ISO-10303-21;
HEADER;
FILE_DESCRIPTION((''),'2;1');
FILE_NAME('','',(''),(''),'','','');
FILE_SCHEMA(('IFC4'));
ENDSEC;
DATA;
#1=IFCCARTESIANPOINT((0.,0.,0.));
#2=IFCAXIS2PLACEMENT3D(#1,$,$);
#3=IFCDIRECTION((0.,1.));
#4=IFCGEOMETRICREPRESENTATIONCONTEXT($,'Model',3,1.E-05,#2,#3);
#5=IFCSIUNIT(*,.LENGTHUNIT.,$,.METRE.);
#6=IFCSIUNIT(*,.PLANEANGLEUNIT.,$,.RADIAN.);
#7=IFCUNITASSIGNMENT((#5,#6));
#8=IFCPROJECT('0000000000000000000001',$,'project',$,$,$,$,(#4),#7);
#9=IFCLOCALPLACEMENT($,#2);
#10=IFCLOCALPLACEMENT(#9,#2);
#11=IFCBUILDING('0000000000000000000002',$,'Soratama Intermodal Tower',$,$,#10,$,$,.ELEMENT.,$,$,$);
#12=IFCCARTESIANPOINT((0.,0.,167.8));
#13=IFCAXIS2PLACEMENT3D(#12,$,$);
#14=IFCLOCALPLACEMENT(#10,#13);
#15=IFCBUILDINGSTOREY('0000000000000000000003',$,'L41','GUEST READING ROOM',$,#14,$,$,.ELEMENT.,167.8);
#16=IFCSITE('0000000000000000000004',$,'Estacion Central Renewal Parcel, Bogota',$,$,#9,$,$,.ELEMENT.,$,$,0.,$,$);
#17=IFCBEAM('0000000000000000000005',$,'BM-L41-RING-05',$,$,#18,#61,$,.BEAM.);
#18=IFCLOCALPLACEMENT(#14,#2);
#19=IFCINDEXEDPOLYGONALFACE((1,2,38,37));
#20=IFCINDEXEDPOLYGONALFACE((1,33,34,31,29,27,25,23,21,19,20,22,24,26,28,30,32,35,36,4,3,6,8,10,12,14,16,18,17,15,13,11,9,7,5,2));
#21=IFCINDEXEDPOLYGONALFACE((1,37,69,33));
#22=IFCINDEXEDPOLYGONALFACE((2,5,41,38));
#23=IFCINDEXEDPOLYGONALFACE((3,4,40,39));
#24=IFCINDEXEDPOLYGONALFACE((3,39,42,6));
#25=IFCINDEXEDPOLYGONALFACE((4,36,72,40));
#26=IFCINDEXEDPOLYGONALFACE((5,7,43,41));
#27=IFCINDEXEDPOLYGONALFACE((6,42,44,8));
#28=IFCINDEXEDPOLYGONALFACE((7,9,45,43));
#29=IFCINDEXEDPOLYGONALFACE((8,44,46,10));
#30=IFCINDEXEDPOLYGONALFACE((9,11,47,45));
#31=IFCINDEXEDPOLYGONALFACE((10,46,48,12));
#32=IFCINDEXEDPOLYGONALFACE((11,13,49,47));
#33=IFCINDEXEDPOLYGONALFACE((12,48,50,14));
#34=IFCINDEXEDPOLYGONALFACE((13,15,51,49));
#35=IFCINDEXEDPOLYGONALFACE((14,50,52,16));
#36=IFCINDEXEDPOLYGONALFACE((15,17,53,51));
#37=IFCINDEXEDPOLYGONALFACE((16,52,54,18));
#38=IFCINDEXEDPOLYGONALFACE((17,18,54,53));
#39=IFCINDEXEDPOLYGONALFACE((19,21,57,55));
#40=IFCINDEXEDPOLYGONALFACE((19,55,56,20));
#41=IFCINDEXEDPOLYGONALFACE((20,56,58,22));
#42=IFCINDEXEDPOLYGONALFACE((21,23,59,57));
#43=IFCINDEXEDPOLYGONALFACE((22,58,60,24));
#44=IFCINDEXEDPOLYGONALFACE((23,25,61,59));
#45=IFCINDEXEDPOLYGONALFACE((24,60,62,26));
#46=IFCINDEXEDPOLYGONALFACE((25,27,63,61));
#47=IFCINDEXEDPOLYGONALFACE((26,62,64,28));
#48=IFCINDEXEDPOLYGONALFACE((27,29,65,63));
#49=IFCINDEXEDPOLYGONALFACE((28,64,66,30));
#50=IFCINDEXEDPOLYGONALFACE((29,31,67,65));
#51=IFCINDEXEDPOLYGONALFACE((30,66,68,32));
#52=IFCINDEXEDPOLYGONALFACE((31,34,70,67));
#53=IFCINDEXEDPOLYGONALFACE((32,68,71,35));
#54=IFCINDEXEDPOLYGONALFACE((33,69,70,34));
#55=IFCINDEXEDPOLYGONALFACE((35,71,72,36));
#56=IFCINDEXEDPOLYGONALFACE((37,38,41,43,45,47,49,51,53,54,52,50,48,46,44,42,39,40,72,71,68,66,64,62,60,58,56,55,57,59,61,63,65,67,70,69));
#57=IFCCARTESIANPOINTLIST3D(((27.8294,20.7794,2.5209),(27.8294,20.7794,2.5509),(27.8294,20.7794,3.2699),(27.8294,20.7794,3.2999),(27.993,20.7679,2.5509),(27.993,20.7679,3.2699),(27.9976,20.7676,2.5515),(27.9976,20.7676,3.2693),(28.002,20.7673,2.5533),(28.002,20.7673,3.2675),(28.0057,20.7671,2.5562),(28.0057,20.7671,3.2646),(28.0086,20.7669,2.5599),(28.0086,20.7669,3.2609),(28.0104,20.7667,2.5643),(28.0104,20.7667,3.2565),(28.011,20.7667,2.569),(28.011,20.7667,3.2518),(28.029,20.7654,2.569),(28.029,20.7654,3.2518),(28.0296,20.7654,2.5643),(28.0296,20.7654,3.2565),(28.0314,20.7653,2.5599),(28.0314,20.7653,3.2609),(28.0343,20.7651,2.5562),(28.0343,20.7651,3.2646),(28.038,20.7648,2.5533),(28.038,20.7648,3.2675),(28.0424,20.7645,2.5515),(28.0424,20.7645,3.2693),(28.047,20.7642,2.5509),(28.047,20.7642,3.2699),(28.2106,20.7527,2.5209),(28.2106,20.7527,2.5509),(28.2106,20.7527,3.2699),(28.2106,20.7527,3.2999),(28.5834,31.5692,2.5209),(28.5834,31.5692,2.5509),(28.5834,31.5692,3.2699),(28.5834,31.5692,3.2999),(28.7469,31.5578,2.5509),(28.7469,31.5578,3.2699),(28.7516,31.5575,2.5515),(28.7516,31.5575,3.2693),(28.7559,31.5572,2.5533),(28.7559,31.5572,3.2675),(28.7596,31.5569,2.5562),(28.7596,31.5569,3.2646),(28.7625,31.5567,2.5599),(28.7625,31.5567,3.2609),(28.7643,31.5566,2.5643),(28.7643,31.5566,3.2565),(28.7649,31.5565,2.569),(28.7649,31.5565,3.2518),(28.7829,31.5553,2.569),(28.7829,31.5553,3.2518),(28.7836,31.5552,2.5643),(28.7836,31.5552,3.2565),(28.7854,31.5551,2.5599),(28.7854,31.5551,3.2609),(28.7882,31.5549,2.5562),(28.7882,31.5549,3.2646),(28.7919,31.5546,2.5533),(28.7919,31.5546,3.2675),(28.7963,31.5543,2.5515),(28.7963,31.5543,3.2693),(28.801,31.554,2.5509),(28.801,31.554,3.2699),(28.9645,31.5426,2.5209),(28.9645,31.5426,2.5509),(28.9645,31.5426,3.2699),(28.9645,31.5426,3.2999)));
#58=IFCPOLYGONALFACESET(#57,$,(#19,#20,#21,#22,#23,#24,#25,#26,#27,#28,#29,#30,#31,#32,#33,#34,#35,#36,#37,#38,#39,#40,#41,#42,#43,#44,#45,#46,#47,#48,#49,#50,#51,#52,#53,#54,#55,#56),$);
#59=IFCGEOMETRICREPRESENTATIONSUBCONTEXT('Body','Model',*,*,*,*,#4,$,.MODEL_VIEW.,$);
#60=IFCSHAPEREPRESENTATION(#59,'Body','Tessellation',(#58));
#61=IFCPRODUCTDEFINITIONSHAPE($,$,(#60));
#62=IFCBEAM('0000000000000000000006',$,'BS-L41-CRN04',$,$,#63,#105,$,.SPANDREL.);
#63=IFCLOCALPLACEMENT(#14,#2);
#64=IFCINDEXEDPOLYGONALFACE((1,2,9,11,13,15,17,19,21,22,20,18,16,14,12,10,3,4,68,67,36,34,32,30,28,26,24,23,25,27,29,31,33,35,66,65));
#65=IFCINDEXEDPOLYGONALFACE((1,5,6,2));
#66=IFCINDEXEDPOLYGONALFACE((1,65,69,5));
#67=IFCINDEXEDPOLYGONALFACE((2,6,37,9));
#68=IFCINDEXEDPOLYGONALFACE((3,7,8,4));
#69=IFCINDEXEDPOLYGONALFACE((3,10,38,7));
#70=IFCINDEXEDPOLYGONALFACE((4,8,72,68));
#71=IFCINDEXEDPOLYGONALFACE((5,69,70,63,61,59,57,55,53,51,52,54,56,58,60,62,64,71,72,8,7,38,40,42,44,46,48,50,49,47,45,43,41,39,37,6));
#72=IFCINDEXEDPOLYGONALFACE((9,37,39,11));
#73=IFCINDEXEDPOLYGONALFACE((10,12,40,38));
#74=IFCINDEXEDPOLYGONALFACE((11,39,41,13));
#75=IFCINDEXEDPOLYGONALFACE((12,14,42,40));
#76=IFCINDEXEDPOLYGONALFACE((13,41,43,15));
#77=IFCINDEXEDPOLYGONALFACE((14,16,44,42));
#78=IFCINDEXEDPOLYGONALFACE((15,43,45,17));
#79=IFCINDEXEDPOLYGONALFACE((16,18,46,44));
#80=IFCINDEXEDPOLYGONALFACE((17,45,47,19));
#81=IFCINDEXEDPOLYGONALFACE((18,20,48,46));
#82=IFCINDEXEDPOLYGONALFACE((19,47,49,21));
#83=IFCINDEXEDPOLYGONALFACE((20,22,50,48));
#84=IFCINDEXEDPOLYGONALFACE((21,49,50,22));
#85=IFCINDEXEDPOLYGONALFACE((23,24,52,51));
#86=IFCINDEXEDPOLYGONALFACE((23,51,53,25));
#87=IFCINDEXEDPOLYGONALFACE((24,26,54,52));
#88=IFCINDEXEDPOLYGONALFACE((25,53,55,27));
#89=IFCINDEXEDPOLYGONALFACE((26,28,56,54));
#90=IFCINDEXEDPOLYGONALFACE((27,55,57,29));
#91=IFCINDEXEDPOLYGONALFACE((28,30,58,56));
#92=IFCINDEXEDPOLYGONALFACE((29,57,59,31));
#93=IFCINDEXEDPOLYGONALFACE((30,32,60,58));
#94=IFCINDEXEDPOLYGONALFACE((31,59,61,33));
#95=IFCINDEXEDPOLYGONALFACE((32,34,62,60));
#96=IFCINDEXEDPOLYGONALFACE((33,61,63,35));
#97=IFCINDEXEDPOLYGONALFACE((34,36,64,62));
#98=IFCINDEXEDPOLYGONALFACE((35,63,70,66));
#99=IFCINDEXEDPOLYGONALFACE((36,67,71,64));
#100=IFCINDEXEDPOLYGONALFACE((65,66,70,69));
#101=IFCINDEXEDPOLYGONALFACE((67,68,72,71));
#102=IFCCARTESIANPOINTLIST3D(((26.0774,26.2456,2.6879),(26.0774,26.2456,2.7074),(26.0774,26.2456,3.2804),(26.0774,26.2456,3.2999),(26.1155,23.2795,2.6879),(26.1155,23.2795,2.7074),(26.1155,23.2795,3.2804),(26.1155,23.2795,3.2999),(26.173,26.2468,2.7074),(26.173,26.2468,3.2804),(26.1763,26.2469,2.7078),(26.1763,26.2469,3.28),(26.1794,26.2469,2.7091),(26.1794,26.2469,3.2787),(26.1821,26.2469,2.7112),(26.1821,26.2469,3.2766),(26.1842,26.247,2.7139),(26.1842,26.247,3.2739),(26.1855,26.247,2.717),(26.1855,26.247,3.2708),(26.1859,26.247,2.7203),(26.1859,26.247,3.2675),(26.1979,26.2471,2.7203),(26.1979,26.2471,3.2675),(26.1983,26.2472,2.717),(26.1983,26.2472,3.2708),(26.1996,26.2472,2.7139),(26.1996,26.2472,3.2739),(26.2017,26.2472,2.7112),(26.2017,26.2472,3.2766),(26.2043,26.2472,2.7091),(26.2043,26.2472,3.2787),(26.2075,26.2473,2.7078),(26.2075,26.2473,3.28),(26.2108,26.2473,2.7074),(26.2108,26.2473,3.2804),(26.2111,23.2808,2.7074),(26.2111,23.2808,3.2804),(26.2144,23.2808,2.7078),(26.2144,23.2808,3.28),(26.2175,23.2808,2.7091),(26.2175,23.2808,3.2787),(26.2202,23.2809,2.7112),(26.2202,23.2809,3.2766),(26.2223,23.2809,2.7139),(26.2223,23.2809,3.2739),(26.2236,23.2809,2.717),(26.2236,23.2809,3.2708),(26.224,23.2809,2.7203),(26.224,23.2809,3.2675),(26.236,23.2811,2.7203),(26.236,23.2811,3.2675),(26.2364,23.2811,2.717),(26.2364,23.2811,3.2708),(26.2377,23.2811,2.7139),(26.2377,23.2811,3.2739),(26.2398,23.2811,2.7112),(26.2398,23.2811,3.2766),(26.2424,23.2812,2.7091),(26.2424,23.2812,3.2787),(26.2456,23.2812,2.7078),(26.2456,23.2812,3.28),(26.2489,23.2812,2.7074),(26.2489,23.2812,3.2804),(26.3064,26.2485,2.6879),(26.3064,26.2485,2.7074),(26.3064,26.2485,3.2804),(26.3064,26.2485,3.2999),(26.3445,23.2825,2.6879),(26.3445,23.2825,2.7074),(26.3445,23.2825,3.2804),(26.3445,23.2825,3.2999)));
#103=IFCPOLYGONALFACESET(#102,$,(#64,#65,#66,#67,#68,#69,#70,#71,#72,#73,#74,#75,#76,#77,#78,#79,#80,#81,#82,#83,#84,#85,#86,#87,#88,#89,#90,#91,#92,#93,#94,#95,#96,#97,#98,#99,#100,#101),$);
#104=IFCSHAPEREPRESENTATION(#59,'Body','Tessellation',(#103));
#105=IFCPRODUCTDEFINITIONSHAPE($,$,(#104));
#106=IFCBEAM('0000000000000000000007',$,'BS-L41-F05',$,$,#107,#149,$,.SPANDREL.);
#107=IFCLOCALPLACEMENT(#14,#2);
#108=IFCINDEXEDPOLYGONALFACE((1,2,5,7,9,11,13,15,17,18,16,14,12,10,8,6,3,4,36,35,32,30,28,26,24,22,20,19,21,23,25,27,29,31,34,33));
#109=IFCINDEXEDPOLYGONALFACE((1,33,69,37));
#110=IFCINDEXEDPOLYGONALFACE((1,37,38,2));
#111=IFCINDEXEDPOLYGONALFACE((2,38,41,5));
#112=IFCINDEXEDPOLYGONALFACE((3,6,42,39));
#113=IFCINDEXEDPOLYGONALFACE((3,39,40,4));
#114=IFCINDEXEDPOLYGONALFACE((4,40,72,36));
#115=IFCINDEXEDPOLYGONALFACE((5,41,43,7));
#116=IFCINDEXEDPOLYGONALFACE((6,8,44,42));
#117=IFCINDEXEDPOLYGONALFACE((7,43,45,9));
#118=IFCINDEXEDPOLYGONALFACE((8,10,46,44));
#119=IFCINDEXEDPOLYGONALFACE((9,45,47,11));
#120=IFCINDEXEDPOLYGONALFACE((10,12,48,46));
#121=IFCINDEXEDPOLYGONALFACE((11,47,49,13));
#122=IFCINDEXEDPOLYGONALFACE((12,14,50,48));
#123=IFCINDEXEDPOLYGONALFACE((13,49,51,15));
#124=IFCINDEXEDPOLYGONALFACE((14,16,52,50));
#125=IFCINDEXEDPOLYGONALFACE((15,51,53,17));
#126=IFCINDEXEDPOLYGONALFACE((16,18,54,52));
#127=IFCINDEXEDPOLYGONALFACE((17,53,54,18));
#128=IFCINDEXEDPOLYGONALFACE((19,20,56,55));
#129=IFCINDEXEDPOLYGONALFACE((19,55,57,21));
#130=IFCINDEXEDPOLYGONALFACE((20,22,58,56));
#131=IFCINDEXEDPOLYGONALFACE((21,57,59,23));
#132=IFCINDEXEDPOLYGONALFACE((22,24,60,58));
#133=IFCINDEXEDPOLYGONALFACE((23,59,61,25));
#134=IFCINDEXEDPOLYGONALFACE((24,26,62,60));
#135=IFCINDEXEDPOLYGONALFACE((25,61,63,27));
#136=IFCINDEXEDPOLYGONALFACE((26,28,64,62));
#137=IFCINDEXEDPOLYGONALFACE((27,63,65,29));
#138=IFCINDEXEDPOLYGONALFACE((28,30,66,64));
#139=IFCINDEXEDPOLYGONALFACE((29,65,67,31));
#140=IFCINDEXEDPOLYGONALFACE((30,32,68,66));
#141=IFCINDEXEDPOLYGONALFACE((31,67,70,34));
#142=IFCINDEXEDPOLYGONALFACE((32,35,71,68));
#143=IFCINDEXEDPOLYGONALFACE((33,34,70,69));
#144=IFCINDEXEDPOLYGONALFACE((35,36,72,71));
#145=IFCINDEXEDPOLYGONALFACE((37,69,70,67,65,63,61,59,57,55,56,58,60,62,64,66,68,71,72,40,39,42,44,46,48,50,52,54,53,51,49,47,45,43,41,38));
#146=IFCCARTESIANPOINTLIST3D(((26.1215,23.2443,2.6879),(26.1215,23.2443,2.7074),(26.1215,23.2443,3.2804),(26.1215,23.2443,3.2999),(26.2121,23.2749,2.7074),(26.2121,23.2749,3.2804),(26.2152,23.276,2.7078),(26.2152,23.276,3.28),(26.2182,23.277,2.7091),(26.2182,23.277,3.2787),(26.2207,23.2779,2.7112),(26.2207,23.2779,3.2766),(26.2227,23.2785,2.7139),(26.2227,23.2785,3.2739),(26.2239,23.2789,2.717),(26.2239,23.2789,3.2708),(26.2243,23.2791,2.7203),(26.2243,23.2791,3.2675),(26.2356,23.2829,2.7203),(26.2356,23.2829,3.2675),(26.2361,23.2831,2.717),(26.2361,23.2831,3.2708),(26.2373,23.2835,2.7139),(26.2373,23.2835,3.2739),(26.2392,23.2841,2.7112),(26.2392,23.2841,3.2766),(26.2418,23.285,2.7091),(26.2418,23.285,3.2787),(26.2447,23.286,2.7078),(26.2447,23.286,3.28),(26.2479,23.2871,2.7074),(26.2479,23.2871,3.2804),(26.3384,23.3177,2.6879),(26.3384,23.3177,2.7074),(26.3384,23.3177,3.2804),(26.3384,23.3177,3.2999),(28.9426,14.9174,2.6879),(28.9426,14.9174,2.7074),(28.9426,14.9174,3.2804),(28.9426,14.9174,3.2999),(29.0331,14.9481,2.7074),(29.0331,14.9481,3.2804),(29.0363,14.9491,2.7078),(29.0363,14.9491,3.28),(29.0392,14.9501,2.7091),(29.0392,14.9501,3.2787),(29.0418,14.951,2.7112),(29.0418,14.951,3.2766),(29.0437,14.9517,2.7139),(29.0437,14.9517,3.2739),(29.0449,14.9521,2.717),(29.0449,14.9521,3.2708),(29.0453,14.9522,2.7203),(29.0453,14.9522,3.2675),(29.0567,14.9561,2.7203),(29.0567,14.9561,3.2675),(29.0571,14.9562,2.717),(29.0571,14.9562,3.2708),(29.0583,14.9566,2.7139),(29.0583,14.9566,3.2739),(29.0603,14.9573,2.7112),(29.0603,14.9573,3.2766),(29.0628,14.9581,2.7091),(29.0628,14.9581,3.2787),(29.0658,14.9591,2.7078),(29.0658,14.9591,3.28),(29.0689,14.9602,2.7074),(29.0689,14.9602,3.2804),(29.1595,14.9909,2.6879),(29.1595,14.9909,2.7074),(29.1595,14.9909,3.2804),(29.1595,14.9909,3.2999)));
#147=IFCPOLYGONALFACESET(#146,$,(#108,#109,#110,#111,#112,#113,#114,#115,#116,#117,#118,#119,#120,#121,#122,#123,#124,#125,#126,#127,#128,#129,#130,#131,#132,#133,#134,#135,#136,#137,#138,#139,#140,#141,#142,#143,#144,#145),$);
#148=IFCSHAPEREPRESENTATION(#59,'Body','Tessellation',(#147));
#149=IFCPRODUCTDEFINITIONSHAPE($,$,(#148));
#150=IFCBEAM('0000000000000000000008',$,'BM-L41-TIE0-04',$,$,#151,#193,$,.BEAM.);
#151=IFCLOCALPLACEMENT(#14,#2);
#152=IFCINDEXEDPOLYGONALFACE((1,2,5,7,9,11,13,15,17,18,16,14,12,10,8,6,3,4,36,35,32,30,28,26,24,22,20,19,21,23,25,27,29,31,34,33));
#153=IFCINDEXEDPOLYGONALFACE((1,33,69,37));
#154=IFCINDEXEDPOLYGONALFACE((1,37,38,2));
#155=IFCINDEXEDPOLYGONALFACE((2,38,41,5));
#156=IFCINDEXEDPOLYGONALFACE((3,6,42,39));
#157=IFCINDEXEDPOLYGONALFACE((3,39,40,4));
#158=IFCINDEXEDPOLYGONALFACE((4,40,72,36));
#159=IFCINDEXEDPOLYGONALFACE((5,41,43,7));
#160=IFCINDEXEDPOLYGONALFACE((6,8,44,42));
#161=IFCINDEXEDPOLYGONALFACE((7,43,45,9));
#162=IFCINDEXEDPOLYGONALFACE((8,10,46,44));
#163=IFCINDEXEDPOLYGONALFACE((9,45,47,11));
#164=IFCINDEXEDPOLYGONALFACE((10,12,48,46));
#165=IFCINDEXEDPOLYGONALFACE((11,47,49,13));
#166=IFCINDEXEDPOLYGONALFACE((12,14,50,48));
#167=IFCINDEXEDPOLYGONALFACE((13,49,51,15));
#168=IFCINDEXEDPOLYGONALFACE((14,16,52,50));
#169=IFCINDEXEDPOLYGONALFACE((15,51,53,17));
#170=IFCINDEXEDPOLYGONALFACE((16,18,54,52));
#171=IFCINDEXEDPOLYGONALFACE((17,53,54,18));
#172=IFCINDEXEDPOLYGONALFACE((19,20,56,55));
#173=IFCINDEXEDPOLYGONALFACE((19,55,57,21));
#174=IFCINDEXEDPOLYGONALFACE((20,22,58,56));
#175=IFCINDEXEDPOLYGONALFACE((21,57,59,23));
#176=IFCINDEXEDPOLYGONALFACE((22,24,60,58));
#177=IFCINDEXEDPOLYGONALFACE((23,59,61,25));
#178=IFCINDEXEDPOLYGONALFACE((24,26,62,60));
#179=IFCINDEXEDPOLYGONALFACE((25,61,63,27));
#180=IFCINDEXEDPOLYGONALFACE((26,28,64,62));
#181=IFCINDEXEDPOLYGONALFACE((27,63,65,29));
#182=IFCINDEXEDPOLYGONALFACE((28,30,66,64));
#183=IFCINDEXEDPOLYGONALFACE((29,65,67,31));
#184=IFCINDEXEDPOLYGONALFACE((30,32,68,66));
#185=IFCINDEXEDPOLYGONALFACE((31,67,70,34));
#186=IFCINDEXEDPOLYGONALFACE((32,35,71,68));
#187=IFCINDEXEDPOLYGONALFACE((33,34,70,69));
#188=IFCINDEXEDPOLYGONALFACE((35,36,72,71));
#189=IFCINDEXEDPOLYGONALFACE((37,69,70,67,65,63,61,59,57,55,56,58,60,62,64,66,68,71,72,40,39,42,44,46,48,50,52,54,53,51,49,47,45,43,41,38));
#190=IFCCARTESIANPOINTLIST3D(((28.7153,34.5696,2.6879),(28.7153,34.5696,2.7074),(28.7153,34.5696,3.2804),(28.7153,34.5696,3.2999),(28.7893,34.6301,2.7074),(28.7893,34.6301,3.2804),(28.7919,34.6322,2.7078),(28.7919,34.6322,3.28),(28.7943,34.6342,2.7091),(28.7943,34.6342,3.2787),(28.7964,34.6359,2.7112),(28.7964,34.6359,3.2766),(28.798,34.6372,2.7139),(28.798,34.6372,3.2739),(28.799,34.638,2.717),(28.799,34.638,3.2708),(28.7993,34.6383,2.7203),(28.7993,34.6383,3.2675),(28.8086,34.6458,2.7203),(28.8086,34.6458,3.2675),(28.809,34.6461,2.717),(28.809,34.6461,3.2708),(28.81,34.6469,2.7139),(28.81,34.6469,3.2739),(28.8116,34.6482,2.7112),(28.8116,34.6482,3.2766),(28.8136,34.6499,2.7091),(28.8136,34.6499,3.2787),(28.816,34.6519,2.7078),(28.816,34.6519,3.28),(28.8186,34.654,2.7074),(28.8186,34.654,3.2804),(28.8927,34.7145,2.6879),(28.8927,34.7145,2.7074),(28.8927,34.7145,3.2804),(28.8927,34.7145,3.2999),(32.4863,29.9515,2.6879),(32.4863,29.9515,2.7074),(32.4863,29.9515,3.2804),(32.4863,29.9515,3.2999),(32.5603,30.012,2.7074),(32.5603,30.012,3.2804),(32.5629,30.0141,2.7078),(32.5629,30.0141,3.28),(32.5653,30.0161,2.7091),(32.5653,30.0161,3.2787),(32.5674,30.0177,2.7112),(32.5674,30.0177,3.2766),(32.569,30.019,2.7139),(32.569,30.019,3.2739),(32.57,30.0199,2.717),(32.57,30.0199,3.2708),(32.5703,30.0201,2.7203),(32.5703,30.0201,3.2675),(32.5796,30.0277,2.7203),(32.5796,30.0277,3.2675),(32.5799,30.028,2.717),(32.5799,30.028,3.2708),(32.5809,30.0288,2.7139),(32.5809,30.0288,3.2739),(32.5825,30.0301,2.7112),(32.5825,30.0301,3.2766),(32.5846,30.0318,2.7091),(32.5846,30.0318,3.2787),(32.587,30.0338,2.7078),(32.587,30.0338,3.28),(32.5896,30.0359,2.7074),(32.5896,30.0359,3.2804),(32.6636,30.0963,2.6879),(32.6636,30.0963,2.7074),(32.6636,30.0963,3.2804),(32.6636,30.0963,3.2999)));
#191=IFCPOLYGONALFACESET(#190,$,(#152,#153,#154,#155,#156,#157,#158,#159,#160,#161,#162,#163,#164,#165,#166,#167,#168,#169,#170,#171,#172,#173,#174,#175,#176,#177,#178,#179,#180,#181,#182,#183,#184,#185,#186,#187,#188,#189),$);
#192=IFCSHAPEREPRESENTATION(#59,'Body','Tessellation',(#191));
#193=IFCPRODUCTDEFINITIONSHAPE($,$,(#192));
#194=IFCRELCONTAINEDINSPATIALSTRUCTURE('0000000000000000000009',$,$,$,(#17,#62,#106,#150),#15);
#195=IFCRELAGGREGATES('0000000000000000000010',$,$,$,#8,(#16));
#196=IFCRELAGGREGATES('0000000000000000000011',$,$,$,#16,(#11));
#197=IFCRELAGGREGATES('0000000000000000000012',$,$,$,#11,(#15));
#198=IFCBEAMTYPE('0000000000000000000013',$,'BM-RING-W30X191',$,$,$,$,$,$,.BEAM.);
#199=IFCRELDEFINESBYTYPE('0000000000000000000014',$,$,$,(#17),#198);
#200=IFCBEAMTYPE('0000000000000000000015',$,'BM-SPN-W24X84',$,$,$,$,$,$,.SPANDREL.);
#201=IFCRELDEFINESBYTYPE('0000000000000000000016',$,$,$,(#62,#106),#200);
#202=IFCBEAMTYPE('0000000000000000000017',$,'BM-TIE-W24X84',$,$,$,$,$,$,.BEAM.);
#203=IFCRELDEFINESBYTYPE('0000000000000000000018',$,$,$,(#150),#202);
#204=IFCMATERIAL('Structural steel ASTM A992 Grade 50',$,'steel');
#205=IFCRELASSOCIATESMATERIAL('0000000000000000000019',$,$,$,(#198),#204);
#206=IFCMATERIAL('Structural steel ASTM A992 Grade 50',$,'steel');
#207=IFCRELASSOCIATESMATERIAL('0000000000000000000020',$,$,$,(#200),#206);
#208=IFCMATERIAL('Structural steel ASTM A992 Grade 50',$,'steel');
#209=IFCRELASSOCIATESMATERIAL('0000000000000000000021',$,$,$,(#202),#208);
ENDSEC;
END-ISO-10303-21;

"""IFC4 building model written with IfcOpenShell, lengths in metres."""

from ifc_helpers import new_model, si_unit, direction, frame, origin, origin_2d, place, context, subcontext, project, spatial, i_section, extrude, material, material_profile, profile_set, type_object, element, save


model = new_model("IFC4")

# Units and contexts
model_context = context("Model", 3, precision=1e-05, world=origin(), true_north=direction((0.0, 1.0)))
body_context = subcontext(model_context, "Body", "Model", "MODEL_VIEW")
ifc_project = project(units=[si_unit("LENGTHUNIT", "METRE"), si_unit("PLANEANGLEUNIT", "RADIAN")], contexts=[model_context])

# Site, building, storey
site_placement = place(None, origin())
site = spatial("IfcSite", under=ifc_project, at=site_placement, Name="Estacion Central Renewal Parcel, Bogota", CompositionType="ELEMENT", RefElevation=0.0)
building_placement = place(site_placement, origin())
building = spatial("IfcBuilding", under=site, at=building_placement, Name="Soratama Intermodal Tower", CompositionType="ELEMENT")
storey_placement = place(building_placement, frame((0.0, 0.0, 167.8)))
storey = spatial("IfcBuildingStorey", under=building, at=storey_placement, Name="L41", Description="GUEST READING ROOM", CompositionType="ELEMENT", Elevation=167.8)

# Beams
ifc_material_1 = material(Name="Structural steel ASTM A992 Grade 50", Category="steel")
ifc_material_profile_1 = material_profile(ifc_material_1, i_section(OverallWidth=0.3821, OverallDepth=0.7791, WebThickness=0.0181, FlangeThickness=0.03, FilletRadius=0.0181, at=origin_2d()), Name="W30X191")
ifc_profile_set_1 = profile_set([ifc_material_profile_1], Name="Structural steel ASTM A992 Grade 50")
beam_type_1 = type_object("IfcBeamType", Name="BM-RING-W30X191", PredefinedType="BEAM", material=ifc_profile_set_1)
beam_1_placement = place(storey_placement, frame((28.7739, 31.5559, 2.9104), z_axis=(-0.069702, -0.997568, 0.0), x_axis=(0.997568, -0.069702, 0.0)))
element("IfcBeam", 1, at=beam_1_placement, inside=storey, type_object=beam_type_1, Name="BM-L41-RING-05", PredefinedType="BEAM", context=body_context, shape_type="SweptSolid", body=[
    extrude(i_section(OverallWidth=0.3821, OverallDepth=0.7791, WebThickness=0.0181, FlangeThickness=0.03, FilletRadius=0.0181, at=origin_2d()), origin(), (0.0, 0.0, 1.0), 10.8162),
])
ifc_material_2 = material(Name="Structural steel ASTM A992 Grade 50", Category="steel")
ifc_material_profile_2 = material_profile(ifc_material_2, i_section(OverallWidth=0.229, OverallDepth=0.6121, WebThickness=0.012, FlangeThickness=0.0195, FilletRadius=0.0129, at=origin_2d()), Name="W24X84")
ifc_profile_set_2 = profile_set([ifc_material_profile_2], Name="Structural steel ASTM A992 Grade 50")
beam_type_2 = type_object("IfcBeamType", Name="BM-SPN-W24X84", PredefinedType="SPANDREL", material=ifc_profile_set_2)
beam_2_placement = place(storey_placement, frame((26.1919, 26.2471, 2.9939), z_axis=(0.01284, -0.999918, 0.0), x_axis=(0.999918, 0.01284, 0.0)))
element("IfcBeam", 2, at=beam_2_placement, inside=storey, type_object=beam_type_2, Name="BS-L41-CRN04", PredefinedType="SPANDREL", context=body_context, shape_type="SweptSolid", body=[
    extrude(i_section(OverallWidth=0.229, OverallDepth=0.6121, WebThickness=0.012, FlangeThickness=0.0195, FilletRadius=0.0129, at=origin_2d()), origin(), (0.0, 0.0, 1.0), 2.9663),
])
beam_3_placement = place(storey_placement, frame((26.23, 23.281, 2.9939), z_axis=(0.320873, -0.947122, 0.0), x_axis=(0.947122, 0.320873, 0.0)))
element("IfcBeam", 3, at=beam_3_placement, inside=storey, type_object=beam_type_2, Name="BS-L41-F05", PredefinedType="SPANDREL", context=body_context, shape_type="SweptSolid", body=[
    extrude(i_section(OverallWidth=0.229, OverallDepth=0.6121, WebThickness=0.012, FlangeThickness=0.0195, FilletRadius=0.0129, at=origin_2d()), origin(), (0.0, 0.0, 1.0), 8.7917),
])
ifc_material_3 = material(Name="Structural steel ASTM A992 Grade 50", Category="steel")
ifc_material_profile_3 = material_profile(ifc_material_3, i_section(OverallWidth=0.229, OverallDepth=0.6121, WebThickness=0.012, FlangeThickness=0.0195, FilletRadius=0.0129, at=origin_2d()), Name="W24X84")
ifc_profile_set_3 = profile_set([ifc_material_profile_3], Name="Structural steel ASTM A992 Grade 50")
beam_type_3 = type_object("IfcBeamType", Name="BM-TIE-W24X84", PredefinedType="BEAM", material=ifc_profile_set_3)
beam_4_placement = place(storey_placement, frame((32.575, 30.0239, 2.9939), z_axis=(-0.632484, 0.774574, 0.0), x_axis=(-0.774574, -0.632484, 0.0)))
element("IfcBeam", 4, at=beam_4_placement, inside=storey, type_object=beam_type_3, Name="BM-L41-TIE0-04", PredefinedType="BEAM", context=body_context, shape_type="SweptSolid", body=[
    extrude(i_section(OverallWidth=0.229, OverallDepth=0.6121, WebThickness=0.012, FlangeThickness=0.0195, FilletRadius=0.0129, at=origin_2d()), origin(), (0.0, 0.0, 1.0), 5.9622),
])

save(model, "model.ifc")
